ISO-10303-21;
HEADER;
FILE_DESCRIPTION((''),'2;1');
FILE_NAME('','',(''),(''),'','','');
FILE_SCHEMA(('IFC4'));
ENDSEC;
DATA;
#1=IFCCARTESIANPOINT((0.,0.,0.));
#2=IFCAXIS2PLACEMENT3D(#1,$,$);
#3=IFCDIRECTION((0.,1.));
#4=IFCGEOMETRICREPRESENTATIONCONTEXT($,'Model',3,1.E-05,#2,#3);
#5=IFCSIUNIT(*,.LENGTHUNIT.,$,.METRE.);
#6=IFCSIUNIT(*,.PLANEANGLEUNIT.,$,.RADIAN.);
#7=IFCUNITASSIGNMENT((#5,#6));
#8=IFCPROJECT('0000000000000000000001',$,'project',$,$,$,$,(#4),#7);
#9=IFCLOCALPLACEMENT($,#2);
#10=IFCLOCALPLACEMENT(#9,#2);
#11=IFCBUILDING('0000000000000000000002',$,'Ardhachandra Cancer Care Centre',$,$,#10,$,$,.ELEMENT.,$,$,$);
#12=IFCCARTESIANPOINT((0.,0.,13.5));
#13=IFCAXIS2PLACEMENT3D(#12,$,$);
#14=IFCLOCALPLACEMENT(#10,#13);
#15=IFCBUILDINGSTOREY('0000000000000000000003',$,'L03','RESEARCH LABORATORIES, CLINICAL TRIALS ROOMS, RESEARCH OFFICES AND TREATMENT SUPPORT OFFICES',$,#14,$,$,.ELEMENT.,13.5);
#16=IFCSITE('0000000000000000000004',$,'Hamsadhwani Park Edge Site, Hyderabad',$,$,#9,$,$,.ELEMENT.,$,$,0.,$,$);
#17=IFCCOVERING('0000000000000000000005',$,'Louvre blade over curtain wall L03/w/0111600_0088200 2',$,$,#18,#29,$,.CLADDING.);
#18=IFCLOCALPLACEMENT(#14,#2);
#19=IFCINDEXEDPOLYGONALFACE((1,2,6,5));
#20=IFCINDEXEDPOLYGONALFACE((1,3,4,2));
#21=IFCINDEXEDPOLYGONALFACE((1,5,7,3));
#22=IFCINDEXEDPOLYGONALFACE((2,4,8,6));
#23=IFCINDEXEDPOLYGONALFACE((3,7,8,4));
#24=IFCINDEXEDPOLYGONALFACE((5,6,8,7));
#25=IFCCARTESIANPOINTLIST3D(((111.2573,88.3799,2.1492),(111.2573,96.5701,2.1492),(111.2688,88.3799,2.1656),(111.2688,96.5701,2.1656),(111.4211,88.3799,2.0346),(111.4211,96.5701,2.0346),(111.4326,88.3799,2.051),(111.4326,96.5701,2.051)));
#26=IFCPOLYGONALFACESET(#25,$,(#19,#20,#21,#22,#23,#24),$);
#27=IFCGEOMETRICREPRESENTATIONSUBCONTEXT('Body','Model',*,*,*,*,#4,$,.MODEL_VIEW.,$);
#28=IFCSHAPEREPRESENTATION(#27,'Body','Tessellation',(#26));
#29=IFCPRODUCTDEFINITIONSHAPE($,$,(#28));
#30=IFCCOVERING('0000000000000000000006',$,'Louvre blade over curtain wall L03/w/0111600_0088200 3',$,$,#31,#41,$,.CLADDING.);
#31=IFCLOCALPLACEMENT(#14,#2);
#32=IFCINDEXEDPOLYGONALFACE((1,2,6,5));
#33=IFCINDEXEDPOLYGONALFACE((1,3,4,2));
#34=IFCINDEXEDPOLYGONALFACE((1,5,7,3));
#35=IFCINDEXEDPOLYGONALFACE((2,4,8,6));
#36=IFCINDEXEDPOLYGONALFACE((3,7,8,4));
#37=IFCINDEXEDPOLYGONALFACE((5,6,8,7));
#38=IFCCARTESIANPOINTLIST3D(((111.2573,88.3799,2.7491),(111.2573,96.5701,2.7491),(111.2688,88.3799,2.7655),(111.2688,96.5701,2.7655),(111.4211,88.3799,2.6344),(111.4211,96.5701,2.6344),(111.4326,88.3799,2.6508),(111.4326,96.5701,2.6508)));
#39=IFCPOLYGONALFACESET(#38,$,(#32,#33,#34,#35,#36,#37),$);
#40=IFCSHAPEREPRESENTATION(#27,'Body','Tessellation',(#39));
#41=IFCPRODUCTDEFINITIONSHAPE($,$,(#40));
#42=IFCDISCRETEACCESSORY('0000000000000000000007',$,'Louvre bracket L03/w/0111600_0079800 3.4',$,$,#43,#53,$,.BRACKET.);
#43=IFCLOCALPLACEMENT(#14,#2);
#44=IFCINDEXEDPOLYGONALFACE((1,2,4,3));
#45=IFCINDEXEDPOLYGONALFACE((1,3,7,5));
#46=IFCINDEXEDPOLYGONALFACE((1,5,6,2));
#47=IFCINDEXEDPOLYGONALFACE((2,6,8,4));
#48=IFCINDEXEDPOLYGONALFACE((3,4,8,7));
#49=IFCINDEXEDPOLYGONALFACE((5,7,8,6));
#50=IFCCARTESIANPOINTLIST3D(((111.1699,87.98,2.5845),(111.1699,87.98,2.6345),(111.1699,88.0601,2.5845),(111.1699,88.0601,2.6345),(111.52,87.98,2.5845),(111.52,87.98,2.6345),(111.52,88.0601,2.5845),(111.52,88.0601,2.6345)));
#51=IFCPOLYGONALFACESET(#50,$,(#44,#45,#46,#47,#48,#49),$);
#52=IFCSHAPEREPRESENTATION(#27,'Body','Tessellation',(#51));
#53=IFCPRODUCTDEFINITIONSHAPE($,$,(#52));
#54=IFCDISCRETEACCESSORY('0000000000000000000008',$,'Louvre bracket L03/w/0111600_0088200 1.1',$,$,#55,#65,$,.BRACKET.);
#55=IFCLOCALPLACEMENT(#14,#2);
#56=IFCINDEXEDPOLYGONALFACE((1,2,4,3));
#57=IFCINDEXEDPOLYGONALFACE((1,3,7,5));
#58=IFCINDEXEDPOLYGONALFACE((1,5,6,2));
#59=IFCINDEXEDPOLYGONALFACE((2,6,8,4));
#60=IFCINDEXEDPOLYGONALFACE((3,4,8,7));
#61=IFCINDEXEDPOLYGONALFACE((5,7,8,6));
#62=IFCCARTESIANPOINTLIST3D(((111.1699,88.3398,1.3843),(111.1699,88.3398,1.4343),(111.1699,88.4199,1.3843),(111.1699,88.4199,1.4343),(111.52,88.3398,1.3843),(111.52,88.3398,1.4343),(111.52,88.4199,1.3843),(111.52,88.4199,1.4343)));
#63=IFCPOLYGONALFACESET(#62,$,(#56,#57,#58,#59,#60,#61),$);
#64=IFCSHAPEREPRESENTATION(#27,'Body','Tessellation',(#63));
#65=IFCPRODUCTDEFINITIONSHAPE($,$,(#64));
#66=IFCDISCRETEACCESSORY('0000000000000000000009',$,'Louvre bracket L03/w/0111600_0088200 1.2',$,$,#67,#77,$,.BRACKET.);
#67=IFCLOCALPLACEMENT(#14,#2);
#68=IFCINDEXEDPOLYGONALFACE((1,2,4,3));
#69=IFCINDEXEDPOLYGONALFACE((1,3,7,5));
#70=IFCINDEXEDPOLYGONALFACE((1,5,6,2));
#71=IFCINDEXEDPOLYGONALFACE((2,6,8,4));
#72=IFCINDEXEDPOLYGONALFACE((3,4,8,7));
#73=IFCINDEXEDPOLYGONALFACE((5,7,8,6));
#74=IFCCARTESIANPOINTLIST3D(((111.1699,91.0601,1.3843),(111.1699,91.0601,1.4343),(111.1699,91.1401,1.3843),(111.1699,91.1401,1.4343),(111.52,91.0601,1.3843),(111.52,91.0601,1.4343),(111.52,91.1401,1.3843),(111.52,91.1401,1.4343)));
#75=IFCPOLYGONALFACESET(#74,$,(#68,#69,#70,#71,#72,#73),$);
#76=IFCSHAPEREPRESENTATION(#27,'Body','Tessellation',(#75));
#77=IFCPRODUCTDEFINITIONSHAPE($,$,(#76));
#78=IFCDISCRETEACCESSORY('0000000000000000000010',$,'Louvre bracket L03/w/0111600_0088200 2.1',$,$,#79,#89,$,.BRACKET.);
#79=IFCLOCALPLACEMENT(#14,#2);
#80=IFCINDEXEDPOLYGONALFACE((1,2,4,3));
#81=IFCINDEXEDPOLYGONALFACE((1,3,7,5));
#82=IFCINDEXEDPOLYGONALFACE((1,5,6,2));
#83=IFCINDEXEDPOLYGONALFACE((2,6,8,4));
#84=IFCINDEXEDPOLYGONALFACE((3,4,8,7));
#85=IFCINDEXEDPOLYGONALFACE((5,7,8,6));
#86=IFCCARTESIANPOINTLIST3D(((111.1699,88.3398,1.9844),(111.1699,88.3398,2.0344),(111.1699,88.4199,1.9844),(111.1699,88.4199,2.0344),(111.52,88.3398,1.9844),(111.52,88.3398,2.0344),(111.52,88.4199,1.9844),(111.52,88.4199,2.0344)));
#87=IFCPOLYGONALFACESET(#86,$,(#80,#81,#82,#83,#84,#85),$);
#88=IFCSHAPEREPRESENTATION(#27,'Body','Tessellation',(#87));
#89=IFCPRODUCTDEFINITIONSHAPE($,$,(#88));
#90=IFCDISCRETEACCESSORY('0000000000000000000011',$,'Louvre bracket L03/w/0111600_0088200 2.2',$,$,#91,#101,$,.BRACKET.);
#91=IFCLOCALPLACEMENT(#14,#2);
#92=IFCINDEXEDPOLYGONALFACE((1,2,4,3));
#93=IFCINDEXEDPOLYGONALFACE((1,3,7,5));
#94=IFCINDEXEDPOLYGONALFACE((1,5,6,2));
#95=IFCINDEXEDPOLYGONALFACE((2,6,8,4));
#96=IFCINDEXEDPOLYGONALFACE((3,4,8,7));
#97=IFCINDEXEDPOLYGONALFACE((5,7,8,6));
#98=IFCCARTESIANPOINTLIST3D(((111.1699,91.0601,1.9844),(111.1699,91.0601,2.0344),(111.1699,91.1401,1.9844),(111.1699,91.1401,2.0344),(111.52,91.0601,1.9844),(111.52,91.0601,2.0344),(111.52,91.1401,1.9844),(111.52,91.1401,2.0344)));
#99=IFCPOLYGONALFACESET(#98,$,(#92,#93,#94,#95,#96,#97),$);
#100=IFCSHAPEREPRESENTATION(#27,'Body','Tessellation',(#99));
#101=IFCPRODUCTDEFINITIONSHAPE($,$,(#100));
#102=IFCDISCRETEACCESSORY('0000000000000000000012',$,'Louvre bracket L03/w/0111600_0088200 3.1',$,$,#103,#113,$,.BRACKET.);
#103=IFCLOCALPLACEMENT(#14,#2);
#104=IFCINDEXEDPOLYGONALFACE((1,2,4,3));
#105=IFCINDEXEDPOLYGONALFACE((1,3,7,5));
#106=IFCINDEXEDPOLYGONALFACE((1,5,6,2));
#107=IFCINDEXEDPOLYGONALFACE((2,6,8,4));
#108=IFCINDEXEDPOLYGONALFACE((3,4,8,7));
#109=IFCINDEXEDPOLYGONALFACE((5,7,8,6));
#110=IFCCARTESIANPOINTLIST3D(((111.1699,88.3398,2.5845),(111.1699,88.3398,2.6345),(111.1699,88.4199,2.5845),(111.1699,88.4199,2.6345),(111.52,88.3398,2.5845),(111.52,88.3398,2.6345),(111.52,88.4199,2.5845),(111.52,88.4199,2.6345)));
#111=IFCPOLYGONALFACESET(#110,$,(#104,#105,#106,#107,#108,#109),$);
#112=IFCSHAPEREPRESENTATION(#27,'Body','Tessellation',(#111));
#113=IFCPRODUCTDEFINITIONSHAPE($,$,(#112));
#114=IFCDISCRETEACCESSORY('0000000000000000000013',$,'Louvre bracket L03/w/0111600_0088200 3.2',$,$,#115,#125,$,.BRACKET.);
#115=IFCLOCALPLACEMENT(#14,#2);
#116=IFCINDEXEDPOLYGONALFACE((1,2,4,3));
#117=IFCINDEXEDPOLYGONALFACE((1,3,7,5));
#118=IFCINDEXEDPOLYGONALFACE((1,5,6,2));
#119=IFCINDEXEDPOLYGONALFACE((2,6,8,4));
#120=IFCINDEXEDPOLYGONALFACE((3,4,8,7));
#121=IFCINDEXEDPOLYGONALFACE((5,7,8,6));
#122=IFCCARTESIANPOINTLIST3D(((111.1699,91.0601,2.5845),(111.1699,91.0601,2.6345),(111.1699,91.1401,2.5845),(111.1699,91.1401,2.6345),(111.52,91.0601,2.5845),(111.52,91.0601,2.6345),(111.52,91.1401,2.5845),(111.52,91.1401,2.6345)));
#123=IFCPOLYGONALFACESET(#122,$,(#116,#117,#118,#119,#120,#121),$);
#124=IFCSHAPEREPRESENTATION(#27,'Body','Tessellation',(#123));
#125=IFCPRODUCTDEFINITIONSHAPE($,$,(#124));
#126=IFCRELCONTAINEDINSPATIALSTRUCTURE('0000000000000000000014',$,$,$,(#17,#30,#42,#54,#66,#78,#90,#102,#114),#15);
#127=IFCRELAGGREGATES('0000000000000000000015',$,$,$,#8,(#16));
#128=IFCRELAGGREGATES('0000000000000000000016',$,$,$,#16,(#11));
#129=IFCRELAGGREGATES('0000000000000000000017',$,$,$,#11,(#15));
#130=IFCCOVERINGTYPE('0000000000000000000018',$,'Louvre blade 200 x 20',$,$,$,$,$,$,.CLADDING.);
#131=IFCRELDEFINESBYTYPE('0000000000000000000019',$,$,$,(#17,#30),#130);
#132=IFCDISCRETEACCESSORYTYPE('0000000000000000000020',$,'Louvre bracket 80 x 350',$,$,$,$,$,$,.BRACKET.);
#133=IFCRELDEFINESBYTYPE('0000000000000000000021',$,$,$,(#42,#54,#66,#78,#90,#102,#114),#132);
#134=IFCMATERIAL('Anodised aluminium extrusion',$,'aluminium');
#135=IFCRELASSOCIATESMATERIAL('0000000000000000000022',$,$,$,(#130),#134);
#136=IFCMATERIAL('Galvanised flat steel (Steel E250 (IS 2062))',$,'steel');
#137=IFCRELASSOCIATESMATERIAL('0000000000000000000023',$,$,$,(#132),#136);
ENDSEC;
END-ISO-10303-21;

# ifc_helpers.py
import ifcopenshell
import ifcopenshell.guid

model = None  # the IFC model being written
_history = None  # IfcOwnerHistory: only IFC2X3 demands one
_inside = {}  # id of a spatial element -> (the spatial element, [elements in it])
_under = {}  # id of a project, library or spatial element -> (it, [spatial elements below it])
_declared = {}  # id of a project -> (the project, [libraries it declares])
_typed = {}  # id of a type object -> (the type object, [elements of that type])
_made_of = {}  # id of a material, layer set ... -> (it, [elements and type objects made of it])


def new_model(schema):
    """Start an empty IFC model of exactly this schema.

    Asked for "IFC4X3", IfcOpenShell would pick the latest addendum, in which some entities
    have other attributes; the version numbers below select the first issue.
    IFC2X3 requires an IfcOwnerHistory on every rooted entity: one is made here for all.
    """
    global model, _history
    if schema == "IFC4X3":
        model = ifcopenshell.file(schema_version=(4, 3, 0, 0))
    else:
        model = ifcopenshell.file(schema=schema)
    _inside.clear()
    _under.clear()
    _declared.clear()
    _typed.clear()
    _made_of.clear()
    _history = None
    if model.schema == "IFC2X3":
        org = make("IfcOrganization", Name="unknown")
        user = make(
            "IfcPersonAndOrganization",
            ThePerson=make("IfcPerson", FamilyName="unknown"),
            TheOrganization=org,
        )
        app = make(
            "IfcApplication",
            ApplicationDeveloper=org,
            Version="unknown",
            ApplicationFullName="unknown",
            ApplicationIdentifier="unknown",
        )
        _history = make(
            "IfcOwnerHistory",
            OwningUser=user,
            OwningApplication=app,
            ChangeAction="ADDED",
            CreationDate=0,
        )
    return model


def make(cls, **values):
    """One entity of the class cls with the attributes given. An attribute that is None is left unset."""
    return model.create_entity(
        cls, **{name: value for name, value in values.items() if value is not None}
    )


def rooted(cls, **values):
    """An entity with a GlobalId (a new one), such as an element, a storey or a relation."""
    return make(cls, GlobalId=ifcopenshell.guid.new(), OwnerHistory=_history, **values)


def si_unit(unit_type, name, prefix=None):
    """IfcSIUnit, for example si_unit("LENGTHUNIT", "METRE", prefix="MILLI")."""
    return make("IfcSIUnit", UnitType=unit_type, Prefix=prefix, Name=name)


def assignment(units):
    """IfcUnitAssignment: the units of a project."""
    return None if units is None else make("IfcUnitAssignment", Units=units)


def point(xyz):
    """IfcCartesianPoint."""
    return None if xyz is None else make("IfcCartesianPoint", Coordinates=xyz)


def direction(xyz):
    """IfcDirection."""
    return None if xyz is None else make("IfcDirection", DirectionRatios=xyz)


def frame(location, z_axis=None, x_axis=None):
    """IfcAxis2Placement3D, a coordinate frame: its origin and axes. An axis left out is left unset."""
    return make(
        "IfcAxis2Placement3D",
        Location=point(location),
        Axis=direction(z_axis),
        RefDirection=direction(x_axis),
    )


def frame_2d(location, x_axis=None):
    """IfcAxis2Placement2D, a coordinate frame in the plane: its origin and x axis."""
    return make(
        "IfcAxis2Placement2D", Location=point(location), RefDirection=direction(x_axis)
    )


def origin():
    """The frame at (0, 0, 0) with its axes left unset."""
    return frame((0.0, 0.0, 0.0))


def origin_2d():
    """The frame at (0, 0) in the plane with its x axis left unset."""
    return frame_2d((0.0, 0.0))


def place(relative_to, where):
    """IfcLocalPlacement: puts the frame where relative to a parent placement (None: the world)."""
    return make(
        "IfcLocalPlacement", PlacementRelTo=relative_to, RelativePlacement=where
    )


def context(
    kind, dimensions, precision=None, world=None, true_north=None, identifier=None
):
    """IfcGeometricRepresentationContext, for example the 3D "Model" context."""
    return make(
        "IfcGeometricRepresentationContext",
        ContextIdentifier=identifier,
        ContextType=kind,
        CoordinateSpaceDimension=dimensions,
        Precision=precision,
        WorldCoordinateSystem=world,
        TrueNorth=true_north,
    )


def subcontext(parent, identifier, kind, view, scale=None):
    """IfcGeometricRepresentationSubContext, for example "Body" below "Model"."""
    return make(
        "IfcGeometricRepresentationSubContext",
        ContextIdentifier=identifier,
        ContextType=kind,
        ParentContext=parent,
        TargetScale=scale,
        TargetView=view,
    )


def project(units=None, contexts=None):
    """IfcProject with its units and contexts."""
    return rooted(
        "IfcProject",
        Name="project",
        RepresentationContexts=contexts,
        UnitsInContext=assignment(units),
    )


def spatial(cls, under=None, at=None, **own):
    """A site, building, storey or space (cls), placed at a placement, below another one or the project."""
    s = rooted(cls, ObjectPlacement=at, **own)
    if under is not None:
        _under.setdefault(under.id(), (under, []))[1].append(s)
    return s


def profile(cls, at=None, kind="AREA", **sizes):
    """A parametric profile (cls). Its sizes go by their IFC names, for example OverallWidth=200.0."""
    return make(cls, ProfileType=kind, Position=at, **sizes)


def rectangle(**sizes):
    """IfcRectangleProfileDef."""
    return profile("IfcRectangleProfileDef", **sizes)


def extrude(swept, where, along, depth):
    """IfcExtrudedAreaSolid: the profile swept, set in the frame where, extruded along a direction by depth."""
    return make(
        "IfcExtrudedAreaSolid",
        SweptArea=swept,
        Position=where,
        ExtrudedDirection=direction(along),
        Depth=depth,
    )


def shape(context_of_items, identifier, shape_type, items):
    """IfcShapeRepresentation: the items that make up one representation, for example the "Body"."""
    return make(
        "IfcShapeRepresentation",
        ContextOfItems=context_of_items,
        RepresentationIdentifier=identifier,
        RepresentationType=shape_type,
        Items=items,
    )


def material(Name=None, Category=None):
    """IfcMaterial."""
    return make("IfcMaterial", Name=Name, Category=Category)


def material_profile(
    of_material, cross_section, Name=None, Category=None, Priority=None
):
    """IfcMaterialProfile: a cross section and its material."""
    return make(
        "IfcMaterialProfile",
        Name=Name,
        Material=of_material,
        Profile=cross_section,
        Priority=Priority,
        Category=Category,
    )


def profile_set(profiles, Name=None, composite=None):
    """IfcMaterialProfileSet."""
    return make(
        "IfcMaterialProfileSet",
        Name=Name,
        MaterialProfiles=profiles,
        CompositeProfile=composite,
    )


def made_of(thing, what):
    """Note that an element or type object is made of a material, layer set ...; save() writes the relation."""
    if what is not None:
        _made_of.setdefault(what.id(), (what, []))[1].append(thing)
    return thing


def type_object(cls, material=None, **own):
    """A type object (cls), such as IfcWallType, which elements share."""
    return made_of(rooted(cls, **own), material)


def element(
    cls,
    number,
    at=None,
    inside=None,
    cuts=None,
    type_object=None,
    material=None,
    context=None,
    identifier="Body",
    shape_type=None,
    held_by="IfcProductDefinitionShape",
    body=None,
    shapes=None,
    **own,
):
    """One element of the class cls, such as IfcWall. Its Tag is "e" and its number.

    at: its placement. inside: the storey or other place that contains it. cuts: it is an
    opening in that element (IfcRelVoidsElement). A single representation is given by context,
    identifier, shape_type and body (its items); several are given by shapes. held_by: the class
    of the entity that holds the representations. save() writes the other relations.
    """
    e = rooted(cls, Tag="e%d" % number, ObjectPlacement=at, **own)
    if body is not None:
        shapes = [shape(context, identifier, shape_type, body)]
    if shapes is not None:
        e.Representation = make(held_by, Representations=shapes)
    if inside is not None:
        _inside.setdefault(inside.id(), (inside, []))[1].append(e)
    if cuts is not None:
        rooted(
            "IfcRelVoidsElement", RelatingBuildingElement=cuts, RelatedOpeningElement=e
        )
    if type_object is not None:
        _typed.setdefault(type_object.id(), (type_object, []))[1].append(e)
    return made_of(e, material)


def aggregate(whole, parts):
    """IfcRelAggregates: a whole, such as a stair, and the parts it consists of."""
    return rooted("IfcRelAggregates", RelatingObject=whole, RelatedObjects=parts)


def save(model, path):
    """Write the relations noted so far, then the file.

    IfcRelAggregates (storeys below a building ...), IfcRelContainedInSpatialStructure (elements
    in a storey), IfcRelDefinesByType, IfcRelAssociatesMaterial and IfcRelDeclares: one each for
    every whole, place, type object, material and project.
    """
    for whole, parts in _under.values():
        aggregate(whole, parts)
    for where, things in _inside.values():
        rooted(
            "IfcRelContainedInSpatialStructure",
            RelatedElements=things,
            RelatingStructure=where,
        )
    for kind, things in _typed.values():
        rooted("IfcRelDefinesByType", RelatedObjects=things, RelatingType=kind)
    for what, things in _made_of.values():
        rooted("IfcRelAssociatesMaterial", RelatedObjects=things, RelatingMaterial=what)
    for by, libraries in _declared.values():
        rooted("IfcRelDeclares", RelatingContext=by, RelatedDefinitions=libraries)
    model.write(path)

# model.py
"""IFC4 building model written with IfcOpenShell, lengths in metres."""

from ifc_helpers import new_model, si_unit, direction, frame, origin, origin_2d, place, context, subcontext, project, spatial, rectangle, extrude, material, material_profile, profile_set, type_object, element, save


model = new_model("IFC4")

# Units and contexts
model_context = context("Model", 3, precision=1e-05, world=origin(), true_north=direction((0.0, 1.0)))
body_context = subcontext(model_context, "Body", "Model", "MODEL_VIEW")
ifc_project = project(units=[si_unit("LENGTHUNIT", "METRE"), si_unit("PLANEANGLEUNIT", "RADIAN")], contexts=[model_context])

# Site, building, storey
site_placement = place(None, origin())
site = spatial("IfcSite", under=ifc_project, at=site_placement, Name="Hamsadhwani Park Edge Site, Hyderabad", CompositionType="ELEMENT", RefElevation=0.0)
building_placement = place(site_placement, origin())
building = spatial("IfcBuilding", under=site, at=building_placement, Name="Ardhachandra Cancer Care Centre", CompositionType="ELEMENT")
storey_placement = place(building_placement, frame((0.0, 0.0, 13.5)))
storey = spatial("IfcBuildingStorey", under=building, at=storey_placement, Name="L03", Description="RESEARCH LABORATORIES, CLINICAL TRIALS ROOMS, RESEARCH OFFICES AND TREATMENT SUPPORT OFFICES", CompositionType="ELEMENT", Elevation=13.5)

# Coverings
ifc_material_1 = material(Name="Anodised aluminium extrusion", Category="aluminium")
ifc_material_profile_1 = material_profile(ifc_material_1, rectangle(XDim=0.2, YDim=0.02, at=origin_2d()), Name="Louvre blade 200 x 20")
ifc_profile_set_1 = profile_set([ifc_material_profile_1], Name="Anodised aluminium extrusion")
covering_type = type_object("IfcCoveringType", Name="Louvre blade 200 x 20", PredefinedType="CLADDING", material=ifc_profile_set_1)
for number, where, z_axis, x_axis, name in (
    (1, (111.345, 88.3799, 2.1001), (0.0, 1.0, 0.0), (-0.819152, 0.0, 0.573576), "Louvre blade over curtain wall L03/w/0111600_0088200 2"),
    (2, (111.345, 88.3799, 2.7), (0.0, 1.0, 0.0), (-0.819152, 0.0, 0.573576), "Louvre blade over curtain wall L03/w/0111600_0088200 3"),
):
    element("IfcCovering", number, at=place(storey_placement, frame(where, z_axis=z_axis, x_axis=x_axis)), inside=storey, type_object=covering_type, Name=name, PredefinedType="CLADDING", context=body_context, shape_type="SweptSolid", body=[
        extrude(rectangle(XDim=0.2, YDim=0.02, at=origin_2d()), origin(), (0.0, 0.0, 1.0), 8.1902),
    ])

# Discrete accessories
ifc_material_2 = material(Name="Galvanised flat steel (Steel E250 (IS 2062))", Category="steel")
discrete_accessory_type = type_object("IfcDiscreteAccessoryType", Name="Louvre bracket 80 x 350", PredefinedType="BRACKET", material=ifc_material_2)
for number, where, z_axis, x_axis, name in (
    (3, (111.345, 88.02, 2.5845), (0.0, 0.0, 1.0), (0.0, 1.0, 0.0), "Louvre bracket L03/w/0111600_0079800 3.4"),
    (4, (111.345, 88.3799, 1.3843), (0.0, 0.0, 1.0), (0.0, 1.0, 0.0), "Louvre bracket L03/w/0111600_0088200 1.1"),
    (5, (111.345, 91.1001, 1.3843), (0.0, 0.0, 1.0), (0.0, 1.0, 0.0), "Louvre bracket L03/w/0111600_0088200 1.2"),
    (6, (111.345, 88.3799, 1.9844), (0.0, 0.0, 1.0), (0.0, 1.0, 0.0), "Louvre bracket L03/w/0111600_0088200 2.1"),
    (7, (111.345, 91.1001, 1.9844), (0.0, 0.0, 1.0), (0.0, 1.0, 0.0), "Louvre bracket L03/w/0111600_0088200 2.2"),
    (8, (111.345, 88.3799, 2.5845), (0.0, 0.0, 1.0), (0.0, 1.0, 0.0), "Louvre bracket L03/w/0111600_0088200 3.1"),
    (9, (111.345, 91.1001, 2.5845), (0.0, 0.0, 1.0), (0.0, 1.0, 0.0), "Louvre bracket L03/w/0111600_0088200 3.2"),
):
    element("IfcDiscreteAccessory", number, at=place(storey_placement, frame(where, z_axis=z_axis, x_axis=x_axis)), inside=storey, type_object=discrete_accessory_type, Name=name, PredefinedType="BRACKET", context=body_context, shape_type="SweptSolid", body=[
        extrude(rectangle(XDim=0.0801, YDim=0.3501, at=origin_2d()), origin(), (0.0, 0.0, 1.0), 0.05),
    ])

save(model, "model.ifc")
